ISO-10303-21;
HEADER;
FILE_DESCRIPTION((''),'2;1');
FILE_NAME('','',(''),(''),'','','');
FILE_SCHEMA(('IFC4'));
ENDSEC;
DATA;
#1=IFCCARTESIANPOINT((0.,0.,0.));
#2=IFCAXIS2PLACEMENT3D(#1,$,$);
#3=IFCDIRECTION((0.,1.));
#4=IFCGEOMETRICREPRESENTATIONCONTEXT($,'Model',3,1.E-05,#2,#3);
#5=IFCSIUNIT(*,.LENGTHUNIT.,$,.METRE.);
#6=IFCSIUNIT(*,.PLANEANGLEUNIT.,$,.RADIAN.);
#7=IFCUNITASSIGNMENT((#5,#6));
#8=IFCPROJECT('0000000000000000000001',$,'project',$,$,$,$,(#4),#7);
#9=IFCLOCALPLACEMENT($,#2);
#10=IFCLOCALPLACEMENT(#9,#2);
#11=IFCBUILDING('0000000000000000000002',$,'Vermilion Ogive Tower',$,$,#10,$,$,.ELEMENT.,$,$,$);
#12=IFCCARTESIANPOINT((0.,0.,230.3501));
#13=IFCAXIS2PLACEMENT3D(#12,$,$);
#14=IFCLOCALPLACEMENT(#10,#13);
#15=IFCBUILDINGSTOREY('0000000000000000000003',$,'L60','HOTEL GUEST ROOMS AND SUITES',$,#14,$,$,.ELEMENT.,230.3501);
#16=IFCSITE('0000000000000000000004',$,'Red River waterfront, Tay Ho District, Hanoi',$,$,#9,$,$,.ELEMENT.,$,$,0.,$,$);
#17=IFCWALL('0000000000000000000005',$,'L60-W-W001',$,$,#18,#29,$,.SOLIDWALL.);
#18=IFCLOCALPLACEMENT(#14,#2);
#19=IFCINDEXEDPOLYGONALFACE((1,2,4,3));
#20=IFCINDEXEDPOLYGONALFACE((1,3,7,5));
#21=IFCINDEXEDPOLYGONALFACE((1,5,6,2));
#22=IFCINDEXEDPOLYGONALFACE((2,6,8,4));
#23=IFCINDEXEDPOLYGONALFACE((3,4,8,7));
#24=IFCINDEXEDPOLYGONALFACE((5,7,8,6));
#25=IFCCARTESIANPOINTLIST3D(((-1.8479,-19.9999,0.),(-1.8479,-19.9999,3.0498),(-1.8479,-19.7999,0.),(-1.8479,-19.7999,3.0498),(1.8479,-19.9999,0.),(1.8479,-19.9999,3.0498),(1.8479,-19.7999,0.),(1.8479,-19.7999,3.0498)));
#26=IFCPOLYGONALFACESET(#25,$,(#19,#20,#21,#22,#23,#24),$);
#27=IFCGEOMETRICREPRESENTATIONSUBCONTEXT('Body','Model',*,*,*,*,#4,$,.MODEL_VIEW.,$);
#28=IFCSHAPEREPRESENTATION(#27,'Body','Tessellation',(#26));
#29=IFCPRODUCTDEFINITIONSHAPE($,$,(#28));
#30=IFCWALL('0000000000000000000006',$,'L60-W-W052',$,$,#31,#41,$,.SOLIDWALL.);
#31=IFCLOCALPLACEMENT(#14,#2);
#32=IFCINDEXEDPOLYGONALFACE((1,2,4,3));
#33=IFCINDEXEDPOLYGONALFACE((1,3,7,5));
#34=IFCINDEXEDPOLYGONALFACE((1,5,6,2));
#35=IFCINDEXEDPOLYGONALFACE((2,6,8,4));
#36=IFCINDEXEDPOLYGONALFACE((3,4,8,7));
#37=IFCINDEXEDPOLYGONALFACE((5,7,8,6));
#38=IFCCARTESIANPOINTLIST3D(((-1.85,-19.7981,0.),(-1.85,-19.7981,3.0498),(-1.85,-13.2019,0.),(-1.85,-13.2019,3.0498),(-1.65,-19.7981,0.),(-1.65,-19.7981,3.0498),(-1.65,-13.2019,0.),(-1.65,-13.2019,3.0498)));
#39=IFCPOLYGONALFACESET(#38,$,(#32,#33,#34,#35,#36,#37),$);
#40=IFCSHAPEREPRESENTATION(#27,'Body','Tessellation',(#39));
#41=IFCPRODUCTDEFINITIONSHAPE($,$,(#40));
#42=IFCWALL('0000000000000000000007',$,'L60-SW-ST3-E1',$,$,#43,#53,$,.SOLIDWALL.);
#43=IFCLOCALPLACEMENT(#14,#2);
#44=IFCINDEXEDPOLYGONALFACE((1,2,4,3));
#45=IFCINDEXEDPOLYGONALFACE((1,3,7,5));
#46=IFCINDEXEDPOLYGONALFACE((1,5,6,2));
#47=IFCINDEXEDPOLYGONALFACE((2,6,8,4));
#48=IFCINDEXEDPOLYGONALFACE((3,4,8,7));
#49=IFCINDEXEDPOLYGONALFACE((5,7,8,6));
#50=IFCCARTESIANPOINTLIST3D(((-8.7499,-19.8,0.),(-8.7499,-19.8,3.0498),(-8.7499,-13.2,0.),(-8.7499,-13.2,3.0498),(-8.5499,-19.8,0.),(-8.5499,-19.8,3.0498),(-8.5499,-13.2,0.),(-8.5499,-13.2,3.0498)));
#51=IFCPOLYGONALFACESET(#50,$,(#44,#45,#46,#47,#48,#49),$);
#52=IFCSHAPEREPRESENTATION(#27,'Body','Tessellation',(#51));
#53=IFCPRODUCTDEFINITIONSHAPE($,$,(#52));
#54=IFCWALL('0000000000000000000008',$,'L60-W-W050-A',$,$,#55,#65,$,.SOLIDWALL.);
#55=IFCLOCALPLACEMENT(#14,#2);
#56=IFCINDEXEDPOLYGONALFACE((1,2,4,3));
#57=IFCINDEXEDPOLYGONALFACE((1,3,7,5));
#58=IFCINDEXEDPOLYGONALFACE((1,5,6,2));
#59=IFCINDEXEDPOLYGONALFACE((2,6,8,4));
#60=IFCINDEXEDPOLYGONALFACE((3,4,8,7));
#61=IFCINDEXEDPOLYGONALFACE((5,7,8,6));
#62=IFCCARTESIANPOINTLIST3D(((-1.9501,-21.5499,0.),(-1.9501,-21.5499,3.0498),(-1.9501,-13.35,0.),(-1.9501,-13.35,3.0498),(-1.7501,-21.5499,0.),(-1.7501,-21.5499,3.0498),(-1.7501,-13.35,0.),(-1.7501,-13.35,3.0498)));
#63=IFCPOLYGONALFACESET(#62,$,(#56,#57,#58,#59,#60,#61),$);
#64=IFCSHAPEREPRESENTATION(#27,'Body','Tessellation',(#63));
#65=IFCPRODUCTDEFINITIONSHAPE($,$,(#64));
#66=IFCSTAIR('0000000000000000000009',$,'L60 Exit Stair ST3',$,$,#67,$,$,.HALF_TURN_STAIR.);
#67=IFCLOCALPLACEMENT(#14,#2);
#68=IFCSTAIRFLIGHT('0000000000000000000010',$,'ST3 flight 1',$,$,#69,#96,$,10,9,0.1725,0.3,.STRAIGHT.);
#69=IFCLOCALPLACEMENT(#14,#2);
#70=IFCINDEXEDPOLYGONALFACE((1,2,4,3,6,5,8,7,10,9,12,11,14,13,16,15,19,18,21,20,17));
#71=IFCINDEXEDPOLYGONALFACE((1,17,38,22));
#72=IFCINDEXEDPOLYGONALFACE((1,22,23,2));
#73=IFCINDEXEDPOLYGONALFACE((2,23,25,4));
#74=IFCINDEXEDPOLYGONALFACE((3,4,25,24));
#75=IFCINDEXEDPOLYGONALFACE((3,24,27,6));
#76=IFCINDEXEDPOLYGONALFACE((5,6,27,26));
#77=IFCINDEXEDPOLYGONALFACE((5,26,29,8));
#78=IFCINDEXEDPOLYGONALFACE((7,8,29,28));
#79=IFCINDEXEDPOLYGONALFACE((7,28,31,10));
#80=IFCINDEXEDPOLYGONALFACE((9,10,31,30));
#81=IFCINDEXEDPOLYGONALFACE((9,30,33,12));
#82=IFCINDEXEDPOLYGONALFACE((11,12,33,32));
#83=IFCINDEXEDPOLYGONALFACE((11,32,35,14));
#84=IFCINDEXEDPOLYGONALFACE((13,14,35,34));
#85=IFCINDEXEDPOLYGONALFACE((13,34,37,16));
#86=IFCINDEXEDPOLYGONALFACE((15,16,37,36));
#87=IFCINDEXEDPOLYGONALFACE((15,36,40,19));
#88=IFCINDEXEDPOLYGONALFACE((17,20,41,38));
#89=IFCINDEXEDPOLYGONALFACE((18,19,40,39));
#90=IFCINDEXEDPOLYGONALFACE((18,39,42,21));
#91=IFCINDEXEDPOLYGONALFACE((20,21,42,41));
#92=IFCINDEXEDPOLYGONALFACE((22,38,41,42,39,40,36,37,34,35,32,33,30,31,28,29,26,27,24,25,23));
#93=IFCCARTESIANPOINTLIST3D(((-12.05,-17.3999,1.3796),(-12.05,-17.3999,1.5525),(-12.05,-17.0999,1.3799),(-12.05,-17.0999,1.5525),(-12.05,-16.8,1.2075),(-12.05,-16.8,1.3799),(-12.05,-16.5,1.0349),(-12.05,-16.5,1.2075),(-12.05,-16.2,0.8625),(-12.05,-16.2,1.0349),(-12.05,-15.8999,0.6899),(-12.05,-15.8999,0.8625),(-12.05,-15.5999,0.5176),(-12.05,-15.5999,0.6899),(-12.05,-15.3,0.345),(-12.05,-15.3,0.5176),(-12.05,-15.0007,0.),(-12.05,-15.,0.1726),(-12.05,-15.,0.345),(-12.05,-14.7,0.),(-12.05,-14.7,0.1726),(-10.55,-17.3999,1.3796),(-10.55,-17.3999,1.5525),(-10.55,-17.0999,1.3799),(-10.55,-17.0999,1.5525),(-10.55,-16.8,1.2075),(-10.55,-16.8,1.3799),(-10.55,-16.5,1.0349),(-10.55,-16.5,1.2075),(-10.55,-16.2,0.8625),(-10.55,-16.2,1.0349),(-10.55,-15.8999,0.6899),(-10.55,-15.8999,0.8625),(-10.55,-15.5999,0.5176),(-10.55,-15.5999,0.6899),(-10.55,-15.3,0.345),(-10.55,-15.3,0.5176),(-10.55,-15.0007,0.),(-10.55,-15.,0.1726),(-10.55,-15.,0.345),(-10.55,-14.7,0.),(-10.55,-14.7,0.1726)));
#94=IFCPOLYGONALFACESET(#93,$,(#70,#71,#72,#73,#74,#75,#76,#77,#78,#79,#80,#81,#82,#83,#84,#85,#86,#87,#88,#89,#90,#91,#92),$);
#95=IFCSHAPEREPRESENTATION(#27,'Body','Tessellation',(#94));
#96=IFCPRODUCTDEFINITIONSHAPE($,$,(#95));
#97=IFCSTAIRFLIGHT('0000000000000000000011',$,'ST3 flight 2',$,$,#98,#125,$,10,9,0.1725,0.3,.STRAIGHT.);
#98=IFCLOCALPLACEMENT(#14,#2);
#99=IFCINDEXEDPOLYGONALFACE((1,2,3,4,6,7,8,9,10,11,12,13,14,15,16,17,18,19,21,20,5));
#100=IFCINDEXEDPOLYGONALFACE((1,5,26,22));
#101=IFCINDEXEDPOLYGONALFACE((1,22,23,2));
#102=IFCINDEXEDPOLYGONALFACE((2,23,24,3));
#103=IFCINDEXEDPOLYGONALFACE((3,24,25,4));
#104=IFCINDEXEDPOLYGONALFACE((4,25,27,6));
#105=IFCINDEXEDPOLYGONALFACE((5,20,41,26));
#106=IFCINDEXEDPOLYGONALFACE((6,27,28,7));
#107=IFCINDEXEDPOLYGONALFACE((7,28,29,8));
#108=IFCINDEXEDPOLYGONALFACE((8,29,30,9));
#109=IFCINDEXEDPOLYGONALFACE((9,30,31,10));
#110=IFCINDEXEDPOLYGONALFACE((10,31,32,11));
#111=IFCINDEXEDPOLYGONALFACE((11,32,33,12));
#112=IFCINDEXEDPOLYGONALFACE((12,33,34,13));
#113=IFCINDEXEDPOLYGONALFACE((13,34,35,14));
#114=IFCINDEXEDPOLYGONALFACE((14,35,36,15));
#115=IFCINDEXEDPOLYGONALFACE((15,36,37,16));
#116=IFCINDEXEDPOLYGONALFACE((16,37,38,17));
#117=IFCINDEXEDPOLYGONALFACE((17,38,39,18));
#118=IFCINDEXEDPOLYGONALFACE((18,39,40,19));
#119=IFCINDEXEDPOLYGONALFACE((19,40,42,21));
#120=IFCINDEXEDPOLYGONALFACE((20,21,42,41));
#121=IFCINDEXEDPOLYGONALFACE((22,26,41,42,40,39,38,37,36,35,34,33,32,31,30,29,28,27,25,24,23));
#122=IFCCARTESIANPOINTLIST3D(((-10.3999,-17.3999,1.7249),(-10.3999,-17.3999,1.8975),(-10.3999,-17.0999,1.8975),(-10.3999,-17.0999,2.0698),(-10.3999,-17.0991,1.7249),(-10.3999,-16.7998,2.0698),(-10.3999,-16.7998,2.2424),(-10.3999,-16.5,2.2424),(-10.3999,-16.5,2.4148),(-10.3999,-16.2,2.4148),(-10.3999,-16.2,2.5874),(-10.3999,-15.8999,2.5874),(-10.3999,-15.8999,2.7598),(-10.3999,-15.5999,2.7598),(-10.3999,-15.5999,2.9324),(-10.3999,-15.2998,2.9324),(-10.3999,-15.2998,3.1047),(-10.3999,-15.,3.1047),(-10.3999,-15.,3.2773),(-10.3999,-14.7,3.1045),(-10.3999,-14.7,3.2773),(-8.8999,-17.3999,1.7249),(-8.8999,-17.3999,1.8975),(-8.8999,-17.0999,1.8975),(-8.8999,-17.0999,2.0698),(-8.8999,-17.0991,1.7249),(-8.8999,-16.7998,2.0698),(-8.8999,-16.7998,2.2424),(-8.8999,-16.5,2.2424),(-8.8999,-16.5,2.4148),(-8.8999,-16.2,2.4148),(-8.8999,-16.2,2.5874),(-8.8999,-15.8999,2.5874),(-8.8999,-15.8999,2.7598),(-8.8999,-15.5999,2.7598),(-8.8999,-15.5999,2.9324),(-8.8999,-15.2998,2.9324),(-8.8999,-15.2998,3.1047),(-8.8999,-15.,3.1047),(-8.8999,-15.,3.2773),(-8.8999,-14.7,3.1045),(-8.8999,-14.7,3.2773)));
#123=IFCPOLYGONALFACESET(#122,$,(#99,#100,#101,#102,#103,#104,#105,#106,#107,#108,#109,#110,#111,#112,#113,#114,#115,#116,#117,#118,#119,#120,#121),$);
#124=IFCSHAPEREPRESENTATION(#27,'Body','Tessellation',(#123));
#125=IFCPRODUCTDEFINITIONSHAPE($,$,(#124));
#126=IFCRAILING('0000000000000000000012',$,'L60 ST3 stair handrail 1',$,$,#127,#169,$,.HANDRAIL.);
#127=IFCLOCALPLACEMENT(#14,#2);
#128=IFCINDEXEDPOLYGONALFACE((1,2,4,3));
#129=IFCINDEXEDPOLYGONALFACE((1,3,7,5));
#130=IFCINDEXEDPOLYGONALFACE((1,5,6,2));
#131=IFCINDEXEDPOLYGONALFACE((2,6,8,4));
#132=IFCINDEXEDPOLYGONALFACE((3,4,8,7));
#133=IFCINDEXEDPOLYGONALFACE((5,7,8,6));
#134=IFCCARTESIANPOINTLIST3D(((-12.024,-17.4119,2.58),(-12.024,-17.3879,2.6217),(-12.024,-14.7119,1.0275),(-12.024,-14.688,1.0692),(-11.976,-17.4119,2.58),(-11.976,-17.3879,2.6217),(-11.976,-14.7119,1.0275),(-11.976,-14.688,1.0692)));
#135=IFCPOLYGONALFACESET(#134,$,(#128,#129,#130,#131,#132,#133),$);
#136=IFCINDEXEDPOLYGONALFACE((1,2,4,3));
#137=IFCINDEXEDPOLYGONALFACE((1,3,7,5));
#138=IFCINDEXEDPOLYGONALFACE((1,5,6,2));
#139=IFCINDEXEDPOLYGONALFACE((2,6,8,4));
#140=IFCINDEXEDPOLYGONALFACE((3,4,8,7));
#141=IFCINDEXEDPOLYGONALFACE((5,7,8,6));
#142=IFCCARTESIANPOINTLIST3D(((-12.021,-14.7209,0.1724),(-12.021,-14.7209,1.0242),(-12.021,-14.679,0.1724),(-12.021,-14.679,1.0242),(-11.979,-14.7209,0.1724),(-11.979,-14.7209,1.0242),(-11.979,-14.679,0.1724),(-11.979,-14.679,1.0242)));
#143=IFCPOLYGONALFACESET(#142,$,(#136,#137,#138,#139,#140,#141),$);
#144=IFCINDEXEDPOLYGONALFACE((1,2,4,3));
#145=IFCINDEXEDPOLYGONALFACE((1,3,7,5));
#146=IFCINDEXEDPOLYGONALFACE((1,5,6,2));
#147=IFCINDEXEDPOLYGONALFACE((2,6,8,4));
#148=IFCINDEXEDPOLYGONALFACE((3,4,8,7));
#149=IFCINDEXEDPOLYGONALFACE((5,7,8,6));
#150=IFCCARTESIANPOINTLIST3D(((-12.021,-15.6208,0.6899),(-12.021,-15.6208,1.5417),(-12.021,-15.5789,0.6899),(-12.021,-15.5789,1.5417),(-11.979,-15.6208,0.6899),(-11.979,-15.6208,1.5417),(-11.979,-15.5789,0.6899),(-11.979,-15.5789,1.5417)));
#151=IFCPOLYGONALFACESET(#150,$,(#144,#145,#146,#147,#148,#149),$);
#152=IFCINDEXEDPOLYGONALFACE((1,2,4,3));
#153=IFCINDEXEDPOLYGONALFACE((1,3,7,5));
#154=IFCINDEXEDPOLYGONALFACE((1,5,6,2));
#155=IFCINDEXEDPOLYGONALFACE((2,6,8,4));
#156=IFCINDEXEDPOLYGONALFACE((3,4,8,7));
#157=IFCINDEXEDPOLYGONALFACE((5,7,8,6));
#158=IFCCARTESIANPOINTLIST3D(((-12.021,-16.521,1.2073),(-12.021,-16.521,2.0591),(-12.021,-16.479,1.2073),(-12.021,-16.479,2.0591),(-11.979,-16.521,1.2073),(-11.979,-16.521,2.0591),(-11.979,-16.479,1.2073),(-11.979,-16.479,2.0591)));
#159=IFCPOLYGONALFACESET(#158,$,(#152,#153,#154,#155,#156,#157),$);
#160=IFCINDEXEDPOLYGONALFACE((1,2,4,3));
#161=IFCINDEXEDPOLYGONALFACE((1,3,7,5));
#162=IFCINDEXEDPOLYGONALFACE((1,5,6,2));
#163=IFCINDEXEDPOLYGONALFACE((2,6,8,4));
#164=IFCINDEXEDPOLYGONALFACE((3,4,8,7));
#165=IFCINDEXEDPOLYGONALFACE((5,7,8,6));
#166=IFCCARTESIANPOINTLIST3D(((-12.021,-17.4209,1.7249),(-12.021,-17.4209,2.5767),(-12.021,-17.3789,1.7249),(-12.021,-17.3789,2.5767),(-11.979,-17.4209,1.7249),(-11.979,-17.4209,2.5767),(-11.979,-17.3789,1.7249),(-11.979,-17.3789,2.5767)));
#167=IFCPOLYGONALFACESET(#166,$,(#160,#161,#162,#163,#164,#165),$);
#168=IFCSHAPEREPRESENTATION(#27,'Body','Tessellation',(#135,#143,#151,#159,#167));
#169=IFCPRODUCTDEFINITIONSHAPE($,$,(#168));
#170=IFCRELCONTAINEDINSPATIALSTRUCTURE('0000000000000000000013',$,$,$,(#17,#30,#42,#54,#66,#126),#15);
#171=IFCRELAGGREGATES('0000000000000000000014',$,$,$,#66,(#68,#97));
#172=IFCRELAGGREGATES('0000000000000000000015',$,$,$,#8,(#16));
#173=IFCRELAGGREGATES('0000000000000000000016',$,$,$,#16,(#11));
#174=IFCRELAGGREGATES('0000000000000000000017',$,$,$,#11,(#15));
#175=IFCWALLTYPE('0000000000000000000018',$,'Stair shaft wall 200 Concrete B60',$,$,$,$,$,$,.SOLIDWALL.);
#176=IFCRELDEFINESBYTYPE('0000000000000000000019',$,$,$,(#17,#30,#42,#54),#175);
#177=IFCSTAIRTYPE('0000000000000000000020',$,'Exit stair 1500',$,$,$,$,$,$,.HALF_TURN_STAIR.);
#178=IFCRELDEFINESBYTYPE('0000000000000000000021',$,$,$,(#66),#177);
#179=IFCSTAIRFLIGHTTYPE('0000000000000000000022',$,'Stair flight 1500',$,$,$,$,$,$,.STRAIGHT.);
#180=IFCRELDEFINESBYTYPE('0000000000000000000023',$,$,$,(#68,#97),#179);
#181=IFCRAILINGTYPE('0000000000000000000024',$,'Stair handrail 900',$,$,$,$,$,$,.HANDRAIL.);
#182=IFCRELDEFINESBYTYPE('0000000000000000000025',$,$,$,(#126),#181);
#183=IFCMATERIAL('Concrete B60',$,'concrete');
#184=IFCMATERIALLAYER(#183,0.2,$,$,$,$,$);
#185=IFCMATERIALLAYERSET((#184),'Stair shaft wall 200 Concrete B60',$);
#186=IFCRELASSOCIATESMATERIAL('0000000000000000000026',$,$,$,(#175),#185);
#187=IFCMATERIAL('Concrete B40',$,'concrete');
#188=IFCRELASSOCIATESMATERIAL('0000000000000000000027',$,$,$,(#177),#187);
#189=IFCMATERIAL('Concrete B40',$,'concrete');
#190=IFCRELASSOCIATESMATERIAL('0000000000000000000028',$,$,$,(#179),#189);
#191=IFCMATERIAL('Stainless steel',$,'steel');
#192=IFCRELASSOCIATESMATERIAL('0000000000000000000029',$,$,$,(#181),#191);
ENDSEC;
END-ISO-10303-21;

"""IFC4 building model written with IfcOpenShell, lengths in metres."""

from ifc_helpers import new_model, si_unit, direction, frame, frame_2d, origin, origin_2d, place, context, subcontext, project, spatial, polyline, rectangle, outline, extrude, material, layer, layer_set, type_object, element, aggregate, save


model = new_model("IFC4")

# Units and contexts
model_context = context("Model", 3, precision=1e-05, world=origin(), true_north=direction((0.0, 1.0)))
body_context = subcontext(model_context, "Body", "Model", "MODEL_VIEW")
ifc_project = project(units=[si_unit("LENGTHUNIT", "METRE"), si_unit("PLANEANGLEUNIT", "RADIAN")], contexts=[model_context])

# Site, building, storey
site_placement = place(None, origin())
site = spatial("IfcSite", under=ifc_project, at=site_placement, Name="Red River waterfront, Tay Ho District, Hanoi", CompositionType="ELEMENT", RefElevation=0.0)
building_placement = place(site_placement, origin())
building = spatial("IfcBuilding", under=site, at=building_placement, Name="Vermilion Ogive Tower", CompositionType="ELEMENT")
storey_placement = place(building_placement, frame((0.0, 0.0, 230.3501)))
storey = spatial("IfcBuildingStorey", under=building, at=storey_placement, Name="L60", Description="HOTEL GUEST ROOMS AND SUITES", CompositionType="ELEMENT", Elevation=230.3501)

# Walls
ifc_material_1 = material(Name="Concrete B60", Category="concrete")
ifc_layer_1 = layer(ifc_material_1, 0.2)
ifc_layer_set_1 = layer_set([ifc_layer_1], Name="Stair shaft wall 200 Concrete B60")
wall_type = type_object("IfcWallType", Name="Stair shaft wall 200 Concrete B60", PredefinedType="SOLIDWALL", material=ifc_layer_set_1)
wall_1_placement = place(storey_placement, frame((-1.8479, -19.8999, 0.0), z_axis=(0.0, 0.0, 1.0), x_axis=(1.0, 0.0, 0.0)))
element("IfcWall", 1, at=wall_1_placement, inside=storey, type_object=wall_type, Name="L60-W-W001", PredefinedType="SOLIDWALL", context=body_context, shape_type="SweptSolid", body=[
    extrude(rectangle(XDim=3.6958, YDim=0.2, at=frame_2d((1.8479, 0.0))), origin(), (0.0, 0.0, 1.0), 3.0498),
])
wall_2_placement = place(storey_placement, frame((-1.75, -19.7981, 0.0), z_axis=(0.0, 0.0, 1.0), x_axis=(0.0, 1.0, 0.0)))
element("IfcWall", 2, at=wall_2_placement, inside=storey, type_object=wall_type, Name="L60-W-W052", PredefinedType="SOLIDWALL", context=body_context, shape_type="SweptSolid", body=[
    extrude(rectangle(XDim=6.5962, YDim=0.2, at=frame_2d((3.2981, 0.0))), origin(), (0.0, 0.0, 1.0), 3.0498),
])
wall_3_placement = place(storey_placement, frame((-8.6499, -19.8, 0.0), z_axis=(0.0, 0.0, 1.0), x_axis=(0.0, 1.0, 0.0)))
element("IfcWall", 3, at=wall_3_placement, inside=storey, type_object=wall_type, Name="L60-SW-ST3-E1", PredefinedType="SOLIDWALL", context=body_context, shape_type="SweptSolid", body=[
    extrude(rectangle(XDim=6.6001, YDim=0.2, at=frame_2d((3.3, 0.0))), origin(), (0.0, 0.0, 1.0), 3.0498),
])
wall_4_placement = place(storey_placement, frame((-1.8501, -21.55, 0.0), z_axis=(0.0, 0.0, 1.0), x_axis=(0.0, 1.0, 0.0)))
element("IfcWall", 4, at=wall_4_placement, inside=storey, type_object=wall_type, Name="L60-W-W050-A", PredefinedType="SOLIDWALL", context=body_context, shape_type="SweptSolid", body=[
    extrude(rectangle(XDim=8.2, YDim=0.2, at=frame_2d((4.1001, 0.0))), origin(), (0.0, 0.0, 1.0), 3.0498),
])

# Stair, stair flights
ifc_material_2 = material(Name="Concrete B40", Category="concrete")
stair_type = type_object("IfcStairType", Name="Exit stair 1500", PredefinedType="HALF_TURN_STAIR", material=ifc_material_2)
stair_placement = place(storey_placement, origin())
stair = element("IfcStair", 5, at=stair_placement, inside=storey, type_object=stair_type, Name="L60 Exit Stair ST3", PredefinedType="HALF_TURN_STAIR")
ifc_material_3 = material(Name="Concrete B40", Category="concrete")
stair_flight_type = type_object("IfcStairFlightType", Name="Stair flight 1500", PredefinedType="STRAIGHT", material=ifc_material_3)
stair_flight_1_placement = place(storey_placement, frame((-11.3, -14.7, 0.0), z_axis=(0.0, 0.0, 1.0), x_axis=(0.0, -1.0, 0.0)))
stair_flight_1 = element("IfcStairFlight", 6, at=stair_flight_1_placement, type_object=stair_flight_type, Name="ST3 flight 1", NumberOfRisers=10, NumberOfTreads=9, PredefinedType="STRAIGHT", RiserHeight=0.1725, TreadLength=0.3, context=body_context, shape_type="SweptSolid", body=[
    extrude(outline(polyline([(0.0, 0.0), (0.0, 0.1726), (0.3, 0.1726), (0.3, 0.345), (0.6001, 0.345), (0.6001, 0.5176), (0.8999, 0.5176), (0.8999, 0.6899), (1.2, 0.6899), (1.2, 0.8625), (1.5, 0.8625), (1.5, 1.0349), (1.8, 1.0349), (1.8, 1.2075), (2.1001, 1.2075), (2.1001, 1.3799), (2.3999, 1.3799), (2.3999, 1.5525), (2.7, 1.5525), (2.7, 1.7251), (2.7, 1.3796), (0.3008, 0.0), (0.0, 0.0)])), frame((0.0, 0.75, 0.0), z_axis=(0.0, -1.0, 0.0), x_axis=(1.0, 0.0, 0.0)), (0.0, 0.0, 1.0), 1.5),
])
stair_flight_2_placement = place(storey_placement, frame((-9.6499, -17.3999, 1.7249), z_axis=(0.0, 0.0, 1.0), x_axis=(0.0, 1.0, 0.0)))
stair_flight_2 = element("IfcStairFlight", 7, at=stair_flight_2_placement, type_object=stair_flight_type, Name="ST3 flight 2", NumberOfRisers=10, NumberOfTreads=9, PredefinedType="STRAIGHT", RiserHeight=0.1725, TreadLength=0.3, context=body_context, shape_type="SweptSolid", body=[
    extrude(outline(polyline([(0.0, 0.0), (0.0, 0.1726), (0.3, 0.1726), (0.3, 0.345), (0.6001, 0.345), (0.6001, 0.5176), (0.8999, 0.5176), (0.8999, 0.6899), (1.2, 0.6899), (1.2, 0.8625), (1.5, 0.8625), (1.5, 1.0349), (1.8, 1.0349), (1.8, 1.2075), (2.1001, 1.2075), (2.1001, 1.3799), (2.3999, 1.3799), (2.3999, 1.5525), (2.7, 1.5525), (2.7, 1.7251), (2.7, 1.3796), (0.3008, 0.0), (0.0, 0.0)])), frame((0.0, 0.75, 0.0), z_axis=(0.0, -1.0, 0.0), x_axis=(1.0, 0.0, 0.0)), (0.0, 0.0, 1.0), 1.5),
])
aggregate(stair, [stair_flight_1, stair_flight_2])

# Railing
ifc_material_4 = material(Name="Stainless steel", Category="steel")
railing_type = type_object("IfcRailingType", Name="Stair handrail 900", PredefinedType="HANDRAIL", material=ifc_material_4)
railing_1_placement = place(storey_placement, frame((-12.0, -14.7, 0.1724)))
element("IfcRailing", 8, at=railing_1_placement, inside=storey, type_object=railing_type, Name="L60 ST3 stair handrail 1", PredefinedType="HANDRAIL", context=body_context, shape_type="SweptSolid", body=[
    extrude(rectangle(XDim=0.0481, YDim=0.0481, at=origin_2d()), frame((0.0, 0.0, 0.876), z_axis=(0.0, -0.866904, 0.498476), x_axis=(1.0, 0.0, 0.0)), (0.0, 0.0, 1.0), 3.1145),
    extrude(rectangle(XDim=0.042, YDim=0.042, at=origin_2d()), origin(), (0.0, 0.0, 1.0), 0.8518),
    extrude(rectangle(XDim=0.042, YDim=0.042, at=origin_2d()), frame((0.0, -0.8999, 0.5176)), (0.0, 0.0, 1.0), 0.8518),
    extrude(rectangle(XDim=0.042, YDim=0.042, at=origin_2d()), frame((0.0, -1.8, 1.0349)), (0.0, 0.0, 1.0), 0.8518),
    extrude(rectangle(XDim=0.042, YDim=0.042, at=origin_2d()), frame((0.0, -2.7, 1.5525)), (0.0, 0.0, 1.0), 0.8518),
])

save(model, "model.ifc")
